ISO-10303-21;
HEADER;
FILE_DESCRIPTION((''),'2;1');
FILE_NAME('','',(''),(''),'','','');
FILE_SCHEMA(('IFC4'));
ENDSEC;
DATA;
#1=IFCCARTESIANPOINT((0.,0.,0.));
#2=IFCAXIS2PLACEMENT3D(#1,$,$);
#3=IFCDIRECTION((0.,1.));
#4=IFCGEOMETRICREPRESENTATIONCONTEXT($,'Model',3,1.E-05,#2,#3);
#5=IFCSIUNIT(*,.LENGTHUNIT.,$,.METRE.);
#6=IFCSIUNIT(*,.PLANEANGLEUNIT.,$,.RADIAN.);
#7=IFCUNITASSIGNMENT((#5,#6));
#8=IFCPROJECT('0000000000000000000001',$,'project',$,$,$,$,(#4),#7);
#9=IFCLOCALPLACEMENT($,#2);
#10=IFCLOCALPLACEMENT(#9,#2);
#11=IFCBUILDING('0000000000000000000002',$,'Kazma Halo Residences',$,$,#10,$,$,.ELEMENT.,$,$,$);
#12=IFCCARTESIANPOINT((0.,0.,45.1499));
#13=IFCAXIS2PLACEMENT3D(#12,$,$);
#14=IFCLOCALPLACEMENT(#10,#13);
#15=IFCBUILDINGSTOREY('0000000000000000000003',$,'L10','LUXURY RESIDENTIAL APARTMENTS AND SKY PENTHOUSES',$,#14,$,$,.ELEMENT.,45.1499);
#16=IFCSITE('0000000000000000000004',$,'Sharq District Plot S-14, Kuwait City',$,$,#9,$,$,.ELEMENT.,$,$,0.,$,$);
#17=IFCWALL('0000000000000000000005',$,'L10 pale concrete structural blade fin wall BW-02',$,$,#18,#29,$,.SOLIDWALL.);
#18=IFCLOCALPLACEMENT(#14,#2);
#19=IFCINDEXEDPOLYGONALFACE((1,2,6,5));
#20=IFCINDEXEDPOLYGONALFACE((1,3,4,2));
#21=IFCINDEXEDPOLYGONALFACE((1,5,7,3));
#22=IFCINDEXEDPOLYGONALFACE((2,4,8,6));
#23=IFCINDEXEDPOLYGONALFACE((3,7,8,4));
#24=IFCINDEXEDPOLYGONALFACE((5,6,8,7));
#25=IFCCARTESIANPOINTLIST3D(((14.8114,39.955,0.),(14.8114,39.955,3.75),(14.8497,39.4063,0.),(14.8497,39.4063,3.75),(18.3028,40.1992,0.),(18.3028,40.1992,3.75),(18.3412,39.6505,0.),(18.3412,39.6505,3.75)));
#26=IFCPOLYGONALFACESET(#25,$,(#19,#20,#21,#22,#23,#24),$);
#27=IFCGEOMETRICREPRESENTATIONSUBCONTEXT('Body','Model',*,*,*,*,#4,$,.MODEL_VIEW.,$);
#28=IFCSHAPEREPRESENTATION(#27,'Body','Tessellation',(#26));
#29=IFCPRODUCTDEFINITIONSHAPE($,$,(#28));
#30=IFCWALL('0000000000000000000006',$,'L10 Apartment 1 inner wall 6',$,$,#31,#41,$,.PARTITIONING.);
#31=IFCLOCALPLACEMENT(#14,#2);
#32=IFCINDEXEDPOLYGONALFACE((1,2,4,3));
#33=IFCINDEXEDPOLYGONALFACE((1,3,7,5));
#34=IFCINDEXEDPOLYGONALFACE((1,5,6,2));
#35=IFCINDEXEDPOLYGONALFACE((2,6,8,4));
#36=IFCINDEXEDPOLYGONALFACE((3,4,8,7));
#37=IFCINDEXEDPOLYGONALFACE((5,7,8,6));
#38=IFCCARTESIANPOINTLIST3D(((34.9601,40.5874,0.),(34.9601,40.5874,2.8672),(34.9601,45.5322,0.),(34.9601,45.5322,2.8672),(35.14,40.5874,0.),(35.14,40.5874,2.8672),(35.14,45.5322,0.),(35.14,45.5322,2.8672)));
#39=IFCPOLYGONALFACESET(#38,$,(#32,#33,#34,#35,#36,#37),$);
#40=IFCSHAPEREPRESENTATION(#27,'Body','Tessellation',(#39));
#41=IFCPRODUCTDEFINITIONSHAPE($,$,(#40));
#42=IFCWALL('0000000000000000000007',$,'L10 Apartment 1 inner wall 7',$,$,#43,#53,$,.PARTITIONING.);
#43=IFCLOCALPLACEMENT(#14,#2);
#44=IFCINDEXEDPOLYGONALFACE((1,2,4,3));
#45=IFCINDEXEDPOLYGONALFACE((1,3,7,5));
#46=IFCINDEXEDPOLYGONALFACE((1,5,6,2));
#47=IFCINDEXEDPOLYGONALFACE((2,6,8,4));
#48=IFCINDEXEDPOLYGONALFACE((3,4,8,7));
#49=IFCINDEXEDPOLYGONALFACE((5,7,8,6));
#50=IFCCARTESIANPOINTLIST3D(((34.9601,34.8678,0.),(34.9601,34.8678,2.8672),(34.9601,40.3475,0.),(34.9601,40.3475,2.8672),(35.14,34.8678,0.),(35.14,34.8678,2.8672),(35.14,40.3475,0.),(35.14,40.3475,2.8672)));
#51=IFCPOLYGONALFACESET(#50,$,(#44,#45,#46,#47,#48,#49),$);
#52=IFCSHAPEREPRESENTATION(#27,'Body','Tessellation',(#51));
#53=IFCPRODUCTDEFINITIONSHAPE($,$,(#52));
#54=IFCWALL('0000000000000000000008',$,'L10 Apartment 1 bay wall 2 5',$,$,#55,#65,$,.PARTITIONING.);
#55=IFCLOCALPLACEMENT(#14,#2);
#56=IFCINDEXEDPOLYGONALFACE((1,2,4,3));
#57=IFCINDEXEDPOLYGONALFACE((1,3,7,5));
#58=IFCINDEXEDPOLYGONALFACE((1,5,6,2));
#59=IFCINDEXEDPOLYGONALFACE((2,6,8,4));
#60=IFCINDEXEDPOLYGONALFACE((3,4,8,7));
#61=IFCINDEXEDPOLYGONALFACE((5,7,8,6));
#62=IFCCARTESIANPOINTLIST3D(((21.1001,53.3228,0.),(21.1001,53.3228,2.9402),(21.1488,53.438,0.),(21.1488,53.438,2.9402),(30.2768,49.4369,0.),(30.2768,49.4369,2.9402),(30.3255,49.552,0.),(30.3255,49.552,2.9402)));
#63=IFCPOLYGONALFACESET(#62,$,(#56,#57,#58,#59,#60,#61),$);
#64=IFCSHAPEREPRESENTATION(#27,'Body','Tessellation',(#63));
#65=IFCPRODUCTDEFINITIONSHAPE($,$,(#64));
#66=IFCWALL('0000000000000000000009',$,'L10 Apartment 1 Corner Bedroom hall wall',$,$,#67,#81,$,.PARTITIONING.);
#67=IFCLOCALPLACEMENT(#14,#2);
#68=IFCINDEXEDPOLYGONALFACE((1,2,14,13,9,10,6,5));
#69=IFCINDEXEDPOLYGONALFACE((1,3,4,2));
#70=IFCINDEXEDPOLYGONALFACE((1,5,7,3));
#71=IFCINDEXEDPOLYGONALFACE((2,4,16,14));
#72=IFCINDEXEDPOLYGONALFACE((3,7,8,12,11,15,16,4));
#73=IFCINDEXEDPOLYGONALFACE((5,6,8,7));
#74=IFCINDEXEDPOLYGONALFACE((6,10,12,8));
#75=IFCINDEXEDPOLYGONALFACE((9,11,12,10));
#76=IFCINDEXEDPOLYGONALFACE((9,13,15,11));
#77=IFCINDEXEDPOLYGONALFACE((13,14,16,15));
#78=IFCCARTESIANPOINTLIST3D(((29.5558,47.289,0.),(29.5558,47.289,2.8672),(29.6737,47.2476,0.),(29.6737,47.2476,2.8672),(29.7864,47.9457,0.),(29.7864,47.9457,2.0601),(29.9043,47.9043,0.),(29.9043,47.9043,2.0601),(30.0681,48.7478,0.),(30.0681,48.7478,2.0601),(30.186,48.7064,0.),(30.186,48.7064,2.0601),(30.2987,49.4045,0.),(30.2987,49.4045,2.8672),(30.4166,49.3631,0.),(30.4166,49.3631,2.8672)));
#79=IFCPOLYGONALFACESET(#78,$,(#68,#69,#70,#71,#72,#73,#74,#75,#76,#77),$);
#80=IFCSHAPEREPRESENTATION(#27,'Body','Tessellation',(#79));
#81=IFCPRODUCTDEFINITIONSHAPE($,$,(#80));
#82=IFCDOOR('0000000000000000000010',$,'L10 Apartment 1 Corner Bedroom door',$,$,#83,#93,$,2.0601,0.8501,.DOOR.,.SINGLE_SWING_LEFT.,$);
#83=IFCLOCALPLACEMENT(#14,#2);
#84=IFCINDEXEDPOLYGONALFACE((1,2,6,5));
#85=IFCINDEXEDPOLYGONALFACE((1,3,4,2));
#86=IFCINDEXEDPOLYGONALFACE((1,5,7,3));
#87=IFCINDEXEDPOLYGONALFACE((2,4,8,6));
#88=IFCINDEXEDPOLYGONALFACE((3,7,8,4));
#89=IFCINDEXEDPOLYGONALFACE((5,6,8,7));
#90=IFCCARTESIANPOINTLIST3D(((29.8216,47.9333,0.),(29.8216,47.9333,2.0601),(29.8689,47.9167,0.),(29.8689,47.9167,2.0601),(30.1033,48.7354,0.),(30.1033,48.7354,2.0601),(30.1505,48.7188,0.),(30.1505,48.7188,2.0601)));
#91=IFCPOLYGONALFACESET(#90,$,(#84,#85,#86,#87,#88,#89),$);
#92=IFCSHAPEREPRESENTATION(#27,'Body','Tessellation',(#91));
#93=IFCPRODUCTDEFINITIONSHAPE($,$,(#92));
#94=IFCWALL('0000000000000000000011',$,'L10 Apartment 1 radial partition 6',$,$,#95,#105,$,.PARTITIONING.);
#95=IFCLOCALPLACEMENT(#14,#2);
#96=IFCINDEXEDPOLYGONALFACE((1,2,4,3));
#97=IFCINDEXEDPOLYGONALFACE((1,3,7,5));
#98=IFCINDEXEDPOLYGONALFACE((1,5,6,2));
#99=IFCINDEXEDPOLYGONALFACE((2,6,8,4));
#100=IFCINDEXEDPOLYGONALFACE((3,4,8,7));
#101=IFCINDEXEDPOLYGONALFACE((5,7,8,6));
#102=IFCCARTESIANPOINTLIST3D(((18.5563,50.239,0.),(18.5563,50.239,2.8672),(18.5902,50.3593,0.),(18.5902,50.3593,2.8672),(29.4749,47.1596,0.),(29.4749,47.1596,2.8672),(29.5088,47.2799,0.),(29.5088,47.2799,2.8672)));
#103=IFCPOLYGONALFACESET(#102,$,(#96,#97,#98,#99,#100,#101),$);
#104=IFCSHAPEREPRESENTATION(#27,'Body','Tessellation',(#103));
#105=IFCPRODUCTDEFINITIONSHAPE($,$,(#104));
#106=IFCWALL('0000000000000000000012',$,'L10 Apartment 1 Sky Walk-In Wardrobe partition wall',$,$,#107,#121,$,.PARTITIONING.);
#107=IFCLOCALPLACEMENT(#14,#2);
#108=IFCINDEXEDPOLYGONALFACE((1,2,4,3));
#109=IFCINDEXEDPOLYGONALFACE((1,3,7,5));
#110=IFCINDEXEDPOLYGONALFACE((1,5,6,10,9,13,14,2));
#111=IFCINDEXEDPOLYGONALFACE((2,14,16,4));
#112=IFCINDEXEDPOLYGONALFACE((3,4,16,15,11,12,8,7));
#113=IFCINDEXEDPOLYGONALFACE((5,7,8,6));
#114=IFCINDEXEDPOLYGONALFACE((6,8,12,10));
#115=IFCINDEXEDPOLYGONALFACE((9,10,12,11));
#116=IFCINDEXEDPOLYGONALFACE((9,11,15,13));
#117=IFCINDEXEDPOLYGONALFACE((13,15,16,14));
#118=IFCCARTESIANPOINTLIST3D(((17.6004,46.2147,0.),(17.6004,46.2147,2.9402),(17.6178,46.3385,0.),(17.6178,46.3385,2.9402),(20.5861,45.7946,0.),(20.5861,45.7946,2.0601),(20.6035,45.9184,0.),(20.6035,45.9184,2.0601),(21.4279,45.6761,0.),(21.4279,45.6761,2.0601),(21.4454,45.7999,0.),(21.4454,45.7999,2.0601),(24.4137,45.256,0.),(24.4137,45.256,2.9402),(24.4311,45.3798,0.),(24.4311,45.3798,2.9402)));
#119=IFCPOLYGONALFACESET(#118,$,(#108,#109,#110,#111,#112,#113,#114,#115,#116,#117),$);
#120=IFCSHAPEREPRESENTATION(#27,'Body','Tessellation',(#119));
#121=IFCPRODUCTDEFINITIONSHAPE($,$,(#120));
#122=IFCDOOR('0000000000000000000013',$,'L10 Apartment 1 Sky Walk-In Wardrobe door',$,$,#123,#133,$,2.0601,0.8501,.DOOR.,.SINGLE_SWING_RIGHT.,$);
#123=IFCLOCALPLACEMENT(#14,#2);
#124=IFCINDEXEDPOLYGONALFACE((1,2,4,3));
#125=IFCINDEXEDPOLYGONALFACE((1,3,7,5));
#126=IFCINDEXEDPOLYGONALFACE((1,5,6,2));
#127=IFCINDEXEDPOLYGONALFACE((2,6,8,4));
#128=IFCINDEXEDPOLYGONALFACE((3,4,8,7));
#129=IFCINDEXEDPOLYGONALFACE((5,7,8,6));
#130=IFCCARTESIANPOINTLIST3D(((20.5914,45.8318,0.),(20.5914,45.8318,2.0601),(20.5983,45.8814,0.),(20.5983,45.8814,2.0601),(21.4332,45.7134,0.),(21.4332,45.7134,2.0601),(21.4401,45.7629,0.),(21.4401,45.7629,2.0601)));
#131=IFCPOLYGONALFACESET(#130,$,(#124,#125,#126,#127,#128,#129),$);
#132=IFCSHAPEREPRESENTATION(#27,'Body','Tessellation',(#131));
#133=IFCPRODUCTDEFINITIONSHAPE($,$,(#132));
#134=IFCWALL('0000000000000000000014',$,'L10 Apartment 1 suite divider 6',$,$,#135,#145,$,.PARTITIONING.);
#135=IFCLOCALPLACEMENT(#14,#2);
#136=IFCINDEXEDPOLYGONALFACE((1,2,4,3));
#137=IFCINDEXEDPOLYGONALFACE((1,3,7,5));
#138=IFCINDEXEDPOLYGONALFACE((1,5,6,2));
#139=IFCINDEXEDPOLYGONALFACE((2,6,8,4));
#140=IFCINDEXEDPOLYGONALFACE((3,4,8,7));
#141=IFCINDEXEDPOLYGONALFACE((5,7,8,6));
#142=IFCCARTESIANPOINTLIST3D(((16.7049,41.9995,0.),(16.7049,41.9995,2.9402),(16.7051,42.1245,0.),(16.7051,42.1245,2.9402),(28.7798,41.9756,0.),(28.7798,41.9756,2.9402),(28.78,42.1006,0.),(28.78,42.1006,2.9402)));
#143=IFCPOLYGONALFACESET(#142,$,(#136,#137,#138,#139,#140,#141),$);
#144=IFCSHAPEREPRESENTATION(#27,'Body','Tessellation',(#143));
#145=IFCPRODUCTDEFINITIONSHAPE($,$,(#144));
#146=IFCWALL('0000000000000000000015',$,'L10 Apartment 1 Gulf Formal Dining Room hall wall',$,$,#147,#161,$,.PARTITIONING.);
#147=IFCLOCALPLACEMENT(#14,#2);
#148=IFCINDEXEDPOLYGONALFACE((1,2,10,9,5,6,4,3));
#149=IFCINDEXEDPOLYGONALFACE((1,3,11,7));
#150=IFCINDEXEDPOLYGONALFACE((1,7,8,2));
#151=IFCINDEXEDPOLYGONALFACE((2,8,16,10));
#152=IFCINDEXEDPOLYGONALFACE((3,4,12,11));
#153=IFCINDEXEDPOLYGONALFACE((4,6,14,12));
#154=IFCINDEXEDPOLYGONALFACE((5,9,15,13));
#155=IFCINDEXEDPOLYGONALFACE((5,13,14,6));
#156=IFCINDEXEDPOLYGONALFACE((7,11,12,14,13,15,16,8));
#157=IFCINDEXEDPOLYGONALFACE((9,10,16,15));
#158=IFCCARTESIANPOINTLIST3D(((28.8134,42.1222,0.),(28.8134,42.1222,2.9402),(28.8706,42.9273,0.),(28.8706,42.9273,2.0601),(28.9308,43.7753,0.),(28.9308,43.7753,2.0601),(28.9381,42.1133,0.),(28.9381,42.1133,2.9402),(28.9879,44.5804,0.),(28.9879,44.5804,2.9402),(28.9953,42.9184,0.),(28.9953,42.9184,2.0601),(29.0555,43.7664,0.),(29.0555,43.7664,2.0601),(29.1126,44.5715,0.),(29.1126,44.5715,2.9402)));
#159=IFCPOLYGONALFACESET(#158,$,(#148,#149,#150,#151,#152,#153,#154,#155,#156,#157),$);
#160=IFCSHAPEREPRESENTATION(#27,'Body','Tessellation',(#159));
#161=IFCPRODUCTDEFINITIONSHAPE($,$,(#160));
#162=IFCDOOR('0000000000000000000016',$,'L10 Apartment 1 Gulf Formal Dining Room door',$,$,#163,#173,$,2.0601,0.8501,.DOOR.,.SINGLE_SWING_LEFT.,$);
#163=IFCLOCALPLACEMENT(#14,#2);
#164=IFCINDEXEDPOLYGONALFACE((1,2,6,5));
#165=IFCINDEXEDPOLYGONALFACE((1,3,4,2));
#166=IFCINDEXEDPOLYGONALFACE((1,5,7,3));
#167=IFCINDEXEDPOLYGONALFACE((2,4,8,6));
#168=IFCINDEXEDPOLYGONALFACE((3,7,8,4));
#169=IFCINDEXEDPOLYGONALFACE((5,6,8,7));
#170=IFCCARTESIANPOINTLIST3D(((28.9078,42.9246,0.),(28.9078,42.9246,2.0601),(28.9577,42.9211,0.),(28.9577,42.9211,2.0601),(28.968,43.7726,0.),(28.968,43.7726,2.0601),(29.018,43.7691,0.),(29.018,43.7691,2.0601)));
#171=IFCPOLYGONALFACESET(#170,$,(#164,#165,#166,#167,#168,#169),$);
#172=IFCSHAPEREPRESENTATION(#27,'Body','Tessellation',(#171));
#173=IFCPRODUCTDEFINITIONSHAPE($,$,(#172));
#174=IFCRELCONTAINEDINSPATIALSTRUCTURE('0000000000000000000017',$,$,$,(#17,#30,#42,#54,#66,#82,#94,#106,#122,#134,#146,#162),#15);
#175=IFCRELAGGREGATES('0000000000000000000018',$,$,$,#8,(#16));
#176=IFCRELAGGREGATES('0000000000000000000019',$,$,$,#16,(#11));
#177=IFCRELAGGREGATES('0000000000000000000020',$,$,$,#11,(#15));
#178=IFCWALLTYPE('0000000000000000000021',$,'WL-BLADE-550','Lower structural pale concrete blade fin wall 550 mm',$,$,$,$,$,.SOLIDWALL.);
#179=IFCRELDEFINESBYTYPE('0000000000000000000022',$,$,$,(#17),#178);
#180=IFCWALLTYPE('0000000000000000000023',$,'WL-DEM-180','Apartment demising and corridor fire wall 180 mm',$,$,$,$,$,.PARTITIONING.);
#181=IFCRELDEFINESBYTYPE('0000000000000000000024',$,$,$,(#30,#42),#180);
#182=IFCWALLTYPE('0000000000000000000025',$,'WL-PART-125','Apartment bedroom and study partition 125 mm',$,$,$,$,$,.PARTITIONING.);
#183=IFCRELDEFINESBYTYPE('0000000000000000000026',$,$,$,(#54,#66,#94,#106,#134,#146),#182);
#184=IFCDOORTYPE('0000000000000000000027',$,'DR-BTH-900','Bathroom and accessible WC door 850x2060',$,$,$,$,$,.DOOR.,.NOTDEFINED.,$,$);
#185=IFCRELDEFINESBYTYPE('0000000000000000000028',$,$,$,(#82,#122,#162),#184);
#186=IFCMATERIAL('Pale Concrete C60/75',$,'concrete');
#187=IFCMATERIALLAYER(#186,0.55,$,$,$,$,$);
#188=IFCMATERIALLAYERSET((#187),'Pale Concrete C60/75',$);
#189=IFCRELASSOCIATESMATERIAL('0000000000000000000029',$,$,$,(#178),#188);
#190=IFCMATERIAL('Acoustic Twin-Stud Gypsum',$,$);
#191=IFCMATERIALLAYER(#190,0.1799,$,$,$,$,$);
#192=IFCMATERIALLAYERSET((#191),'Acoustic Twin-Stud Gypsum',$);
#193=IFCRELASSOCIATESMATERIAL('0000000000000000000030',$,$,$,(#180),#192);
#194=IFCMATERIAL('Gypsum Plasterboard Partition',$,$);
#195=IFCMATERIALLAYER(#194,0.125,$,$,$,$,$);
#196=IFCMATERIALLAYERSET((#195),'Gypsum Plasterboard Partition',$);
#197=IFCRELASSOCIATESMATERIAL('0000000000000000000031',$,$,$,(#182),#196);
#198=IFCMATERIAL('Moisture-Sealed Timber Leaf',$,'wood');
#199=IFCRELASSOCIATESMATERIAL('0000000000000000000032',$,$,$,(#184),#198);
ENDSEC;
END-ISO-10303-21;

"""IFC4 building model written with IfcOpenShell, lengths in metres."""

from ifc_helpers import new_model, si_unit, direction, frame, frame_2d, origin, place, context, subcontext, project, spatial, rectangle, extrude, material, layer, layer_set, type_object, element, fill, save


model = new_model("IFC4")

# Units and contexts
model_context = context("Model", 3, precision=1e-05, world=origin(), true_north=direction((0.0, 1.0)))
body_context = subcontext(model_context, "Body", "Model", "MODEL_VIEW")
ifc_project = project(units=[si_unit("LENGTHUNIT", "METRE"), si_unit("PLANEANGLEUNIT", "RADIAN")], contexts=[model_context])

# Site, building, storey
site_placement = place(None, origin())
site = spatial("IfcSite", under=ifc_project, at=site_placement, Name="Sharq District Plot S-14, Kuwait City", CompositionType="ELEMENT", RefElevation=0.0)
building_placement = place(site_placement, origin())
building = spatial("IfcBuilding", under=site, at=building_placement, Name="Kazma Halo Residences", CompositionType="ELEMENT")
storey_placement = place(building_placement, frame((0.0, 0.0, 45.1499)))
storey = spatial("IfcBuildingStorey", under=building, at=storey_placement, Name="L10", Description="LUXURY RESIDENTIAL APARTMENTS AND SKY PENTHOUSES", CompositionType="ELEMENT", Elevation=45.1499)

# Walls
ifc_material_1 = material(Name="Pale Concrete C60/75", Category="concrete")
ifc_layer_1 = layer(ifc_material_1, 0.55)
ifc_layer_set_1 = layer_set([ifc_layer_1], Name="Pale Concrete C60/75")
wall_type_1 = type_object("IfcWallType", Name="WL-BLADE-550", Description="Lower structural pale concrete blade fin wall 550 mm", PredefinedType="SOLIDWALL", material=ifc_layer_set_1)
wall_1_placement = place(storey_placement, frame((18.322, 39.9248, 0.0), z_axis=(0.0, 0.0, 1.0), x_axis=(-0.997564, -0.069755, 0.0)))
element("IfcWall", 1, at=wall_1_placement, inside=storey, type_object=wall_type_1, Name="L10 pale concrete structural blade fin wall BW-02", PredefinedType="SOLIDWALL", context=body_context, shape_type="SweptSolid", body=[
    extrude(rectangle(XDim=3.5, YDim=0.55, at=frame_2d((1.75, 0.0))), origin(), (0.0, 0.0, 1.0), 3.75),
])
ifc_material_2 = material(Name="Acoustic Twin-Stud Gypsum")
ifc_layer_2 = layer(ifc_material_2, 0.1799)
ifc_layer_set_2 = layer_set([ifc_layer_2], Name="Acoustic Twin-Stud Gypsum")
wall_type_2 = type_object("IfcWallType", Name="WL-DEM-180", Description="Apartment demising and corridor fire wall 180 mm", PredefinedType="PARTITIONING", material=ifc_layer_set_2)
wall_2_placement = place(storey_placement, frame((35.05, 45.5322, 0.0), z_axis=(0.0, 0.0, 1.0), x_axis=(0.0, -1.0, 0.0)))
element("IfcWall", 2, at=wall_2_placement, inside=storey, type_object=wall_type_2, Name="L10 Apartment 1 inner wall 6", PredefinedType="PARTITIONING", context=body_context, shape_type="SweptSolid", body=[
    extrude(rectangle(XDim=4.9448, YDim=0.1799, at=frame_2d((2.4724, 0.0))), origin(), (0.0, 0.0, 1.0), 2.8672),
])
wall_3_placement = place(storey_placement, frame((35.05, 40.3474, 0.0), z_axis=(0.0, 0.0, 1.0), x_axis=(0.0, -1.0, 0.0)))
element("IfcWall", 3, at=wall_3_placement, inside=storey, type_object=wall_type_2, Name="L10 Apartment 1 inner wall 7", PredefinedType="PARTITIONING", context=body_context, shape_type="SweptSolid", body=[
    extrude(rectangle(XDim=5.4797, YDim=0.1799, at=frame_2d((2.7397, 0.0))), origin(), (0.0, 0.0, 1.0), 2.8672),
])
ifc_material_3 = material(Name="Gypsum Plasterboard Partition")
ifc_layer_3 = layer(ifc_material_3, 0.125)
ifc_layer_set_3 = layer_set([ifc_layer_3], Name="Gypsum Plasterboard Partition")
wall_type_3 = type_object("IfcWallType", Name="WL-PART-125", Description="Apartment bedroom and study partition 125 mm", PredefinedType="PARTITIONING", material=ifc_layer_set_3)
wall_4_placement = place(storey_placement, frame((30.3013, 49.4944, 0.0), z_axis=(0.0, 0.0, 1.0), x_axis=(-0.920841, 0.389939, 0.0)))
element("IfcWall", 4, at=wall_4_placement, inside=storey, type_object=wall_type_3, Name="L10 Apartment 1 bay wall 2 5", PredefinedType="PARTITIONING", context=body_context, shape_type="SweptSolid", body=[
    extrude(rectangle(XDim=9.9656, YDim=0.125, at=frame_2d((4.9829, 0.0))), origin(), (0.0, 0.0, 1.0), 2.9402),
])

# Wall, opening, door
wall_5_placement = place(storey_placement, frame((30.3577, 49.3838, 0.0), z_axis=(0.0, 0.0, 1.0), x_axis=(-0.331345, -0.94351, 0.0)))
wall_5 = element("IfcWall", 5, at=wall_5_placement, inside=storey, type_object=wall_type_3, Name="L10 Apartment 1 Corner Bedroom hall wall", PredefinedType="PARTITIONING", context=body_context, shape_type="SweptSolid", body=[
    extrude(rectangle(XDim=2.2422, YDim=0.125, at=frame_2d((1.1211, 0.0))), origin(), (0.0, 0.0, 1.0), 2.8672),
])
opening_1_placement = place(wall_5_placement, frame((0.696, 0.0, 0.0)))
opening_1 = element("IfcOpeningElement", 6, at=opening_1_placement, cuts=wall_5, PredefinedType="OPENING", context=body_context, shape_type="SweptSolid", body=[
    extrude(rectangle(XDim=0.8501, YDim=2.0601, at=frame_2d((0.425, 1.03))), frame((0.0, 0.0725, 0.0), z_axis=(0.0, -1.0, 0.0), x_axis=(1.0, 0.0, 0.0)), (0.0, 0.0, 1.0), 0.145),
])
ifc_material_4 = material(Name="Moisture-Sealed Timber Leaf", Category="wood")
door_type = type_object("IfcDoorType", Name="DR-BTH-900", Description="Bathroom and accessible WC door 850x2060", OperationType="NOTDEFINED", PredefinedType="DOOR", material=ifc_material_4)
door_1_placement = place(opening_1_placement, origin())
door_1 = element("IfcDoor", 7, at=door_1_placement, inside=storey, type_object=door_type, Name="L10 Apartment 1 Corner Bedroom door", OperationType="SINGLE_SWING_LEFT", OverallHeight=2.0601, OverallWidth=0.8501, PredefinedType="DOOR", context=body_context, shape_type="SweptSolid", body=[
    extrude(rectangle(XDim=0.8501, YDim=2.0601, at=frame_2d((0.425, 1.03))), frame((0.0, 0.0249, 0.0), z_axis=(0.0, -1.0, 0.0), x_axis=(1.0, 0.0, 0.0)), (0.0, 0.0, 1.0), 0.05),
])
fill(opening_1, door_1)

# Wall
wall_6_placement = place(storey_placement, frame((29.4919, 47.2197, 0.0), z_axis=(0.0, 0.0, 1.0), x_axis=(-0.962455, 0.271442, 0.0)))
element("IfcWall", 8, at=wall_6_placement, inside=storey, type_object=wall_type_3, Name="L10 Apartment 1 radial partition 6", PredefinedType="PARTITIONING", context=body_context, shape_type="SweptSolid", body=[
    extrude(rectangle(XDim=11.3445, YDim=0.125, at=frame_2d((5.6724, 0.0))), origin(), (0.0, 0.0, 1.0), 2.8672),
])

# Wall, opening, door
wall_7_placement = place(storey_placement, frame((24.4224, 45.3179, 0.0), z_axis=(0.0, 0.0, 1.0), x_axis=(-0.990244, 0.139345, 0.0)))
wall_7 = element("IfcWall", 9, at=wall_7_placement, inside=storey, type_object=wall_type_3, Name="L10 Apartment 1 Sky Walk-In Wardrobe partition wall", PredefinedType="PARTITIONING", context=body_context, shape_type="SweptSolid", body=[
    extrude(rectangle(XDim=6.8804, YDim=0.125, at=frame_2d((3.4402, 0.0))), origin(), (0.0, 0.0, 1.0), 2.9402),
])
opening_2_placement = place(wall_7_placement, frame((3.0151, 0.0, 0.0)))
opening_2 = element("IfcOpeningElement", 10, at=opening_2_placement, cuts=wall_7, PredefinedType="OPENING", context=body_context, shape_type="SweptSolid", body=[
    extrude(rectangle(XDim=0.8501, YDim=2.0601, at=frame_2d((0.425, 1.03))), frame((0.0, 0.0725, 0.0), z_axis=(0.0, -1.0, 0.0), x_axis=(1.0, 0.0, 0.0)), (0.0, 0.0, 1.0), 0.145),
])
door_2_placement = place(opening_2_placement, origin())
door_2 = element("IfcDoor", 11, at=door_2_placement, inside=storey, type_object=door_type, Name="L10 Apartment 1 Sky Walk-In Wardrobe door", OperationType="SINGLE_SWING_RIGHT", OverallHeight=2.0601, OverallWidth=0.8501, PredefinedType="DOOR", context=body_context, shape_type="SweptSolid", body=[
    extrude(rectangle(XDim=0.8501, YDim=2.0601, at=frame_2d((0.425, 1.03))), frame((0.0, 0.0249, 0.0), z_axis=(0.0, -1.0, 0.0), x_axis=(1.0, 0.0, 0.0)), (0.0, 0.0, 1.0), 0.05),
])
fill(opening_2, door_2)

# Wall
wall_8_placement = place(storey_placement, frame((28.78, 42.0381, 0.0), z_axis=(0.0, 0.0, 1.0), x_axis=(-0.999998, 0.001981, 0.0)))
element("IfcWall", 12, at=wall_8_placement, inside=storey, type_object=wall_type_3, Name="L10 Apartment 1 suite divider 6", PredefinedType="PARTITIONING", context=body_context, shape_type="SweptSolid", body=[
    extrude(rectangle(XDim=12.075, YDim=0.125, at=frame_2d((6.0376, 0.0))), origin(), (0.0, 0.0, 1.0), 2.9402),
])

# Wall, opening, door
wall_9_placement = place(storey_placement, frame((29.0503, 44.5759, 0.0), z_axis=(0.0, 0.0, 1.0), x_axis=(-0.070832, -0.997488, 0.0)))
wall_9 = element("IfcWall", 13, at=wall_9_placement, inside=storey, type_object=wall_type_3, Name="L10 Apartment 1 Gulf Formal Dining Room hall wall", PredefinedType="PARTITIONING", context=body_context, shape_type="SweptSolid", body=[
    extrude(rectangle(XDim=2.4644, YDim=0.125, at=frame_2d((1.2322, 0.0))), origin(), (0.0, 0.0, 1.0), 2.9402),
])
opening_3_placement = place(wall_9_placement, frame((0.8071, 0.0, 0.0)))
opening_3 = element("IfcOpeningElement", 14, at=opening_3_placement, cuts=wall_9, PredefinedType="OPENING", context=body_context, shape_type="SweptSolid", body=[
    extrude(rectangle(XDim=0.8501, YDim=2.0601, at=frame_2d((0.425, 1.03))), frame((0.0, 0.0725, 0.0), z_axis=(0.0, -1.0, 0.0), x_axis=(1.0, 0.0, 0.0)), (0.0, 0.0, 1.0), 0.145),
])
door_3_placement = place(opening_3_placement, origin())
door_3 = element("IfcDoor", 15, at=door_3_placement, inside=storey, type_object=door_type, Name="L10 Apartment 1 Gulf Formal Dining Room door", OperationType="SINGLE_SWING_LEFT", OverallHeight=2.0601, OverallWidth=0.8501, PredefinedType="DOOR", context=body_context, shape_type="SweptSolid", body=[
    extrude(rectangle(XDim=0.8501, YDim=2.0601, at=frame_2d((0.425, 1.03))), frame((0.0, 0.0249, 0.0), z_axis=(0.0, -1.0, 0.0), x_axis=(1.0, 0.0, 0.0)), (0.0, 0.0, 1.0), 0.05),
])
fill(opening_3, door_3)

save(model, "model.ifc")
